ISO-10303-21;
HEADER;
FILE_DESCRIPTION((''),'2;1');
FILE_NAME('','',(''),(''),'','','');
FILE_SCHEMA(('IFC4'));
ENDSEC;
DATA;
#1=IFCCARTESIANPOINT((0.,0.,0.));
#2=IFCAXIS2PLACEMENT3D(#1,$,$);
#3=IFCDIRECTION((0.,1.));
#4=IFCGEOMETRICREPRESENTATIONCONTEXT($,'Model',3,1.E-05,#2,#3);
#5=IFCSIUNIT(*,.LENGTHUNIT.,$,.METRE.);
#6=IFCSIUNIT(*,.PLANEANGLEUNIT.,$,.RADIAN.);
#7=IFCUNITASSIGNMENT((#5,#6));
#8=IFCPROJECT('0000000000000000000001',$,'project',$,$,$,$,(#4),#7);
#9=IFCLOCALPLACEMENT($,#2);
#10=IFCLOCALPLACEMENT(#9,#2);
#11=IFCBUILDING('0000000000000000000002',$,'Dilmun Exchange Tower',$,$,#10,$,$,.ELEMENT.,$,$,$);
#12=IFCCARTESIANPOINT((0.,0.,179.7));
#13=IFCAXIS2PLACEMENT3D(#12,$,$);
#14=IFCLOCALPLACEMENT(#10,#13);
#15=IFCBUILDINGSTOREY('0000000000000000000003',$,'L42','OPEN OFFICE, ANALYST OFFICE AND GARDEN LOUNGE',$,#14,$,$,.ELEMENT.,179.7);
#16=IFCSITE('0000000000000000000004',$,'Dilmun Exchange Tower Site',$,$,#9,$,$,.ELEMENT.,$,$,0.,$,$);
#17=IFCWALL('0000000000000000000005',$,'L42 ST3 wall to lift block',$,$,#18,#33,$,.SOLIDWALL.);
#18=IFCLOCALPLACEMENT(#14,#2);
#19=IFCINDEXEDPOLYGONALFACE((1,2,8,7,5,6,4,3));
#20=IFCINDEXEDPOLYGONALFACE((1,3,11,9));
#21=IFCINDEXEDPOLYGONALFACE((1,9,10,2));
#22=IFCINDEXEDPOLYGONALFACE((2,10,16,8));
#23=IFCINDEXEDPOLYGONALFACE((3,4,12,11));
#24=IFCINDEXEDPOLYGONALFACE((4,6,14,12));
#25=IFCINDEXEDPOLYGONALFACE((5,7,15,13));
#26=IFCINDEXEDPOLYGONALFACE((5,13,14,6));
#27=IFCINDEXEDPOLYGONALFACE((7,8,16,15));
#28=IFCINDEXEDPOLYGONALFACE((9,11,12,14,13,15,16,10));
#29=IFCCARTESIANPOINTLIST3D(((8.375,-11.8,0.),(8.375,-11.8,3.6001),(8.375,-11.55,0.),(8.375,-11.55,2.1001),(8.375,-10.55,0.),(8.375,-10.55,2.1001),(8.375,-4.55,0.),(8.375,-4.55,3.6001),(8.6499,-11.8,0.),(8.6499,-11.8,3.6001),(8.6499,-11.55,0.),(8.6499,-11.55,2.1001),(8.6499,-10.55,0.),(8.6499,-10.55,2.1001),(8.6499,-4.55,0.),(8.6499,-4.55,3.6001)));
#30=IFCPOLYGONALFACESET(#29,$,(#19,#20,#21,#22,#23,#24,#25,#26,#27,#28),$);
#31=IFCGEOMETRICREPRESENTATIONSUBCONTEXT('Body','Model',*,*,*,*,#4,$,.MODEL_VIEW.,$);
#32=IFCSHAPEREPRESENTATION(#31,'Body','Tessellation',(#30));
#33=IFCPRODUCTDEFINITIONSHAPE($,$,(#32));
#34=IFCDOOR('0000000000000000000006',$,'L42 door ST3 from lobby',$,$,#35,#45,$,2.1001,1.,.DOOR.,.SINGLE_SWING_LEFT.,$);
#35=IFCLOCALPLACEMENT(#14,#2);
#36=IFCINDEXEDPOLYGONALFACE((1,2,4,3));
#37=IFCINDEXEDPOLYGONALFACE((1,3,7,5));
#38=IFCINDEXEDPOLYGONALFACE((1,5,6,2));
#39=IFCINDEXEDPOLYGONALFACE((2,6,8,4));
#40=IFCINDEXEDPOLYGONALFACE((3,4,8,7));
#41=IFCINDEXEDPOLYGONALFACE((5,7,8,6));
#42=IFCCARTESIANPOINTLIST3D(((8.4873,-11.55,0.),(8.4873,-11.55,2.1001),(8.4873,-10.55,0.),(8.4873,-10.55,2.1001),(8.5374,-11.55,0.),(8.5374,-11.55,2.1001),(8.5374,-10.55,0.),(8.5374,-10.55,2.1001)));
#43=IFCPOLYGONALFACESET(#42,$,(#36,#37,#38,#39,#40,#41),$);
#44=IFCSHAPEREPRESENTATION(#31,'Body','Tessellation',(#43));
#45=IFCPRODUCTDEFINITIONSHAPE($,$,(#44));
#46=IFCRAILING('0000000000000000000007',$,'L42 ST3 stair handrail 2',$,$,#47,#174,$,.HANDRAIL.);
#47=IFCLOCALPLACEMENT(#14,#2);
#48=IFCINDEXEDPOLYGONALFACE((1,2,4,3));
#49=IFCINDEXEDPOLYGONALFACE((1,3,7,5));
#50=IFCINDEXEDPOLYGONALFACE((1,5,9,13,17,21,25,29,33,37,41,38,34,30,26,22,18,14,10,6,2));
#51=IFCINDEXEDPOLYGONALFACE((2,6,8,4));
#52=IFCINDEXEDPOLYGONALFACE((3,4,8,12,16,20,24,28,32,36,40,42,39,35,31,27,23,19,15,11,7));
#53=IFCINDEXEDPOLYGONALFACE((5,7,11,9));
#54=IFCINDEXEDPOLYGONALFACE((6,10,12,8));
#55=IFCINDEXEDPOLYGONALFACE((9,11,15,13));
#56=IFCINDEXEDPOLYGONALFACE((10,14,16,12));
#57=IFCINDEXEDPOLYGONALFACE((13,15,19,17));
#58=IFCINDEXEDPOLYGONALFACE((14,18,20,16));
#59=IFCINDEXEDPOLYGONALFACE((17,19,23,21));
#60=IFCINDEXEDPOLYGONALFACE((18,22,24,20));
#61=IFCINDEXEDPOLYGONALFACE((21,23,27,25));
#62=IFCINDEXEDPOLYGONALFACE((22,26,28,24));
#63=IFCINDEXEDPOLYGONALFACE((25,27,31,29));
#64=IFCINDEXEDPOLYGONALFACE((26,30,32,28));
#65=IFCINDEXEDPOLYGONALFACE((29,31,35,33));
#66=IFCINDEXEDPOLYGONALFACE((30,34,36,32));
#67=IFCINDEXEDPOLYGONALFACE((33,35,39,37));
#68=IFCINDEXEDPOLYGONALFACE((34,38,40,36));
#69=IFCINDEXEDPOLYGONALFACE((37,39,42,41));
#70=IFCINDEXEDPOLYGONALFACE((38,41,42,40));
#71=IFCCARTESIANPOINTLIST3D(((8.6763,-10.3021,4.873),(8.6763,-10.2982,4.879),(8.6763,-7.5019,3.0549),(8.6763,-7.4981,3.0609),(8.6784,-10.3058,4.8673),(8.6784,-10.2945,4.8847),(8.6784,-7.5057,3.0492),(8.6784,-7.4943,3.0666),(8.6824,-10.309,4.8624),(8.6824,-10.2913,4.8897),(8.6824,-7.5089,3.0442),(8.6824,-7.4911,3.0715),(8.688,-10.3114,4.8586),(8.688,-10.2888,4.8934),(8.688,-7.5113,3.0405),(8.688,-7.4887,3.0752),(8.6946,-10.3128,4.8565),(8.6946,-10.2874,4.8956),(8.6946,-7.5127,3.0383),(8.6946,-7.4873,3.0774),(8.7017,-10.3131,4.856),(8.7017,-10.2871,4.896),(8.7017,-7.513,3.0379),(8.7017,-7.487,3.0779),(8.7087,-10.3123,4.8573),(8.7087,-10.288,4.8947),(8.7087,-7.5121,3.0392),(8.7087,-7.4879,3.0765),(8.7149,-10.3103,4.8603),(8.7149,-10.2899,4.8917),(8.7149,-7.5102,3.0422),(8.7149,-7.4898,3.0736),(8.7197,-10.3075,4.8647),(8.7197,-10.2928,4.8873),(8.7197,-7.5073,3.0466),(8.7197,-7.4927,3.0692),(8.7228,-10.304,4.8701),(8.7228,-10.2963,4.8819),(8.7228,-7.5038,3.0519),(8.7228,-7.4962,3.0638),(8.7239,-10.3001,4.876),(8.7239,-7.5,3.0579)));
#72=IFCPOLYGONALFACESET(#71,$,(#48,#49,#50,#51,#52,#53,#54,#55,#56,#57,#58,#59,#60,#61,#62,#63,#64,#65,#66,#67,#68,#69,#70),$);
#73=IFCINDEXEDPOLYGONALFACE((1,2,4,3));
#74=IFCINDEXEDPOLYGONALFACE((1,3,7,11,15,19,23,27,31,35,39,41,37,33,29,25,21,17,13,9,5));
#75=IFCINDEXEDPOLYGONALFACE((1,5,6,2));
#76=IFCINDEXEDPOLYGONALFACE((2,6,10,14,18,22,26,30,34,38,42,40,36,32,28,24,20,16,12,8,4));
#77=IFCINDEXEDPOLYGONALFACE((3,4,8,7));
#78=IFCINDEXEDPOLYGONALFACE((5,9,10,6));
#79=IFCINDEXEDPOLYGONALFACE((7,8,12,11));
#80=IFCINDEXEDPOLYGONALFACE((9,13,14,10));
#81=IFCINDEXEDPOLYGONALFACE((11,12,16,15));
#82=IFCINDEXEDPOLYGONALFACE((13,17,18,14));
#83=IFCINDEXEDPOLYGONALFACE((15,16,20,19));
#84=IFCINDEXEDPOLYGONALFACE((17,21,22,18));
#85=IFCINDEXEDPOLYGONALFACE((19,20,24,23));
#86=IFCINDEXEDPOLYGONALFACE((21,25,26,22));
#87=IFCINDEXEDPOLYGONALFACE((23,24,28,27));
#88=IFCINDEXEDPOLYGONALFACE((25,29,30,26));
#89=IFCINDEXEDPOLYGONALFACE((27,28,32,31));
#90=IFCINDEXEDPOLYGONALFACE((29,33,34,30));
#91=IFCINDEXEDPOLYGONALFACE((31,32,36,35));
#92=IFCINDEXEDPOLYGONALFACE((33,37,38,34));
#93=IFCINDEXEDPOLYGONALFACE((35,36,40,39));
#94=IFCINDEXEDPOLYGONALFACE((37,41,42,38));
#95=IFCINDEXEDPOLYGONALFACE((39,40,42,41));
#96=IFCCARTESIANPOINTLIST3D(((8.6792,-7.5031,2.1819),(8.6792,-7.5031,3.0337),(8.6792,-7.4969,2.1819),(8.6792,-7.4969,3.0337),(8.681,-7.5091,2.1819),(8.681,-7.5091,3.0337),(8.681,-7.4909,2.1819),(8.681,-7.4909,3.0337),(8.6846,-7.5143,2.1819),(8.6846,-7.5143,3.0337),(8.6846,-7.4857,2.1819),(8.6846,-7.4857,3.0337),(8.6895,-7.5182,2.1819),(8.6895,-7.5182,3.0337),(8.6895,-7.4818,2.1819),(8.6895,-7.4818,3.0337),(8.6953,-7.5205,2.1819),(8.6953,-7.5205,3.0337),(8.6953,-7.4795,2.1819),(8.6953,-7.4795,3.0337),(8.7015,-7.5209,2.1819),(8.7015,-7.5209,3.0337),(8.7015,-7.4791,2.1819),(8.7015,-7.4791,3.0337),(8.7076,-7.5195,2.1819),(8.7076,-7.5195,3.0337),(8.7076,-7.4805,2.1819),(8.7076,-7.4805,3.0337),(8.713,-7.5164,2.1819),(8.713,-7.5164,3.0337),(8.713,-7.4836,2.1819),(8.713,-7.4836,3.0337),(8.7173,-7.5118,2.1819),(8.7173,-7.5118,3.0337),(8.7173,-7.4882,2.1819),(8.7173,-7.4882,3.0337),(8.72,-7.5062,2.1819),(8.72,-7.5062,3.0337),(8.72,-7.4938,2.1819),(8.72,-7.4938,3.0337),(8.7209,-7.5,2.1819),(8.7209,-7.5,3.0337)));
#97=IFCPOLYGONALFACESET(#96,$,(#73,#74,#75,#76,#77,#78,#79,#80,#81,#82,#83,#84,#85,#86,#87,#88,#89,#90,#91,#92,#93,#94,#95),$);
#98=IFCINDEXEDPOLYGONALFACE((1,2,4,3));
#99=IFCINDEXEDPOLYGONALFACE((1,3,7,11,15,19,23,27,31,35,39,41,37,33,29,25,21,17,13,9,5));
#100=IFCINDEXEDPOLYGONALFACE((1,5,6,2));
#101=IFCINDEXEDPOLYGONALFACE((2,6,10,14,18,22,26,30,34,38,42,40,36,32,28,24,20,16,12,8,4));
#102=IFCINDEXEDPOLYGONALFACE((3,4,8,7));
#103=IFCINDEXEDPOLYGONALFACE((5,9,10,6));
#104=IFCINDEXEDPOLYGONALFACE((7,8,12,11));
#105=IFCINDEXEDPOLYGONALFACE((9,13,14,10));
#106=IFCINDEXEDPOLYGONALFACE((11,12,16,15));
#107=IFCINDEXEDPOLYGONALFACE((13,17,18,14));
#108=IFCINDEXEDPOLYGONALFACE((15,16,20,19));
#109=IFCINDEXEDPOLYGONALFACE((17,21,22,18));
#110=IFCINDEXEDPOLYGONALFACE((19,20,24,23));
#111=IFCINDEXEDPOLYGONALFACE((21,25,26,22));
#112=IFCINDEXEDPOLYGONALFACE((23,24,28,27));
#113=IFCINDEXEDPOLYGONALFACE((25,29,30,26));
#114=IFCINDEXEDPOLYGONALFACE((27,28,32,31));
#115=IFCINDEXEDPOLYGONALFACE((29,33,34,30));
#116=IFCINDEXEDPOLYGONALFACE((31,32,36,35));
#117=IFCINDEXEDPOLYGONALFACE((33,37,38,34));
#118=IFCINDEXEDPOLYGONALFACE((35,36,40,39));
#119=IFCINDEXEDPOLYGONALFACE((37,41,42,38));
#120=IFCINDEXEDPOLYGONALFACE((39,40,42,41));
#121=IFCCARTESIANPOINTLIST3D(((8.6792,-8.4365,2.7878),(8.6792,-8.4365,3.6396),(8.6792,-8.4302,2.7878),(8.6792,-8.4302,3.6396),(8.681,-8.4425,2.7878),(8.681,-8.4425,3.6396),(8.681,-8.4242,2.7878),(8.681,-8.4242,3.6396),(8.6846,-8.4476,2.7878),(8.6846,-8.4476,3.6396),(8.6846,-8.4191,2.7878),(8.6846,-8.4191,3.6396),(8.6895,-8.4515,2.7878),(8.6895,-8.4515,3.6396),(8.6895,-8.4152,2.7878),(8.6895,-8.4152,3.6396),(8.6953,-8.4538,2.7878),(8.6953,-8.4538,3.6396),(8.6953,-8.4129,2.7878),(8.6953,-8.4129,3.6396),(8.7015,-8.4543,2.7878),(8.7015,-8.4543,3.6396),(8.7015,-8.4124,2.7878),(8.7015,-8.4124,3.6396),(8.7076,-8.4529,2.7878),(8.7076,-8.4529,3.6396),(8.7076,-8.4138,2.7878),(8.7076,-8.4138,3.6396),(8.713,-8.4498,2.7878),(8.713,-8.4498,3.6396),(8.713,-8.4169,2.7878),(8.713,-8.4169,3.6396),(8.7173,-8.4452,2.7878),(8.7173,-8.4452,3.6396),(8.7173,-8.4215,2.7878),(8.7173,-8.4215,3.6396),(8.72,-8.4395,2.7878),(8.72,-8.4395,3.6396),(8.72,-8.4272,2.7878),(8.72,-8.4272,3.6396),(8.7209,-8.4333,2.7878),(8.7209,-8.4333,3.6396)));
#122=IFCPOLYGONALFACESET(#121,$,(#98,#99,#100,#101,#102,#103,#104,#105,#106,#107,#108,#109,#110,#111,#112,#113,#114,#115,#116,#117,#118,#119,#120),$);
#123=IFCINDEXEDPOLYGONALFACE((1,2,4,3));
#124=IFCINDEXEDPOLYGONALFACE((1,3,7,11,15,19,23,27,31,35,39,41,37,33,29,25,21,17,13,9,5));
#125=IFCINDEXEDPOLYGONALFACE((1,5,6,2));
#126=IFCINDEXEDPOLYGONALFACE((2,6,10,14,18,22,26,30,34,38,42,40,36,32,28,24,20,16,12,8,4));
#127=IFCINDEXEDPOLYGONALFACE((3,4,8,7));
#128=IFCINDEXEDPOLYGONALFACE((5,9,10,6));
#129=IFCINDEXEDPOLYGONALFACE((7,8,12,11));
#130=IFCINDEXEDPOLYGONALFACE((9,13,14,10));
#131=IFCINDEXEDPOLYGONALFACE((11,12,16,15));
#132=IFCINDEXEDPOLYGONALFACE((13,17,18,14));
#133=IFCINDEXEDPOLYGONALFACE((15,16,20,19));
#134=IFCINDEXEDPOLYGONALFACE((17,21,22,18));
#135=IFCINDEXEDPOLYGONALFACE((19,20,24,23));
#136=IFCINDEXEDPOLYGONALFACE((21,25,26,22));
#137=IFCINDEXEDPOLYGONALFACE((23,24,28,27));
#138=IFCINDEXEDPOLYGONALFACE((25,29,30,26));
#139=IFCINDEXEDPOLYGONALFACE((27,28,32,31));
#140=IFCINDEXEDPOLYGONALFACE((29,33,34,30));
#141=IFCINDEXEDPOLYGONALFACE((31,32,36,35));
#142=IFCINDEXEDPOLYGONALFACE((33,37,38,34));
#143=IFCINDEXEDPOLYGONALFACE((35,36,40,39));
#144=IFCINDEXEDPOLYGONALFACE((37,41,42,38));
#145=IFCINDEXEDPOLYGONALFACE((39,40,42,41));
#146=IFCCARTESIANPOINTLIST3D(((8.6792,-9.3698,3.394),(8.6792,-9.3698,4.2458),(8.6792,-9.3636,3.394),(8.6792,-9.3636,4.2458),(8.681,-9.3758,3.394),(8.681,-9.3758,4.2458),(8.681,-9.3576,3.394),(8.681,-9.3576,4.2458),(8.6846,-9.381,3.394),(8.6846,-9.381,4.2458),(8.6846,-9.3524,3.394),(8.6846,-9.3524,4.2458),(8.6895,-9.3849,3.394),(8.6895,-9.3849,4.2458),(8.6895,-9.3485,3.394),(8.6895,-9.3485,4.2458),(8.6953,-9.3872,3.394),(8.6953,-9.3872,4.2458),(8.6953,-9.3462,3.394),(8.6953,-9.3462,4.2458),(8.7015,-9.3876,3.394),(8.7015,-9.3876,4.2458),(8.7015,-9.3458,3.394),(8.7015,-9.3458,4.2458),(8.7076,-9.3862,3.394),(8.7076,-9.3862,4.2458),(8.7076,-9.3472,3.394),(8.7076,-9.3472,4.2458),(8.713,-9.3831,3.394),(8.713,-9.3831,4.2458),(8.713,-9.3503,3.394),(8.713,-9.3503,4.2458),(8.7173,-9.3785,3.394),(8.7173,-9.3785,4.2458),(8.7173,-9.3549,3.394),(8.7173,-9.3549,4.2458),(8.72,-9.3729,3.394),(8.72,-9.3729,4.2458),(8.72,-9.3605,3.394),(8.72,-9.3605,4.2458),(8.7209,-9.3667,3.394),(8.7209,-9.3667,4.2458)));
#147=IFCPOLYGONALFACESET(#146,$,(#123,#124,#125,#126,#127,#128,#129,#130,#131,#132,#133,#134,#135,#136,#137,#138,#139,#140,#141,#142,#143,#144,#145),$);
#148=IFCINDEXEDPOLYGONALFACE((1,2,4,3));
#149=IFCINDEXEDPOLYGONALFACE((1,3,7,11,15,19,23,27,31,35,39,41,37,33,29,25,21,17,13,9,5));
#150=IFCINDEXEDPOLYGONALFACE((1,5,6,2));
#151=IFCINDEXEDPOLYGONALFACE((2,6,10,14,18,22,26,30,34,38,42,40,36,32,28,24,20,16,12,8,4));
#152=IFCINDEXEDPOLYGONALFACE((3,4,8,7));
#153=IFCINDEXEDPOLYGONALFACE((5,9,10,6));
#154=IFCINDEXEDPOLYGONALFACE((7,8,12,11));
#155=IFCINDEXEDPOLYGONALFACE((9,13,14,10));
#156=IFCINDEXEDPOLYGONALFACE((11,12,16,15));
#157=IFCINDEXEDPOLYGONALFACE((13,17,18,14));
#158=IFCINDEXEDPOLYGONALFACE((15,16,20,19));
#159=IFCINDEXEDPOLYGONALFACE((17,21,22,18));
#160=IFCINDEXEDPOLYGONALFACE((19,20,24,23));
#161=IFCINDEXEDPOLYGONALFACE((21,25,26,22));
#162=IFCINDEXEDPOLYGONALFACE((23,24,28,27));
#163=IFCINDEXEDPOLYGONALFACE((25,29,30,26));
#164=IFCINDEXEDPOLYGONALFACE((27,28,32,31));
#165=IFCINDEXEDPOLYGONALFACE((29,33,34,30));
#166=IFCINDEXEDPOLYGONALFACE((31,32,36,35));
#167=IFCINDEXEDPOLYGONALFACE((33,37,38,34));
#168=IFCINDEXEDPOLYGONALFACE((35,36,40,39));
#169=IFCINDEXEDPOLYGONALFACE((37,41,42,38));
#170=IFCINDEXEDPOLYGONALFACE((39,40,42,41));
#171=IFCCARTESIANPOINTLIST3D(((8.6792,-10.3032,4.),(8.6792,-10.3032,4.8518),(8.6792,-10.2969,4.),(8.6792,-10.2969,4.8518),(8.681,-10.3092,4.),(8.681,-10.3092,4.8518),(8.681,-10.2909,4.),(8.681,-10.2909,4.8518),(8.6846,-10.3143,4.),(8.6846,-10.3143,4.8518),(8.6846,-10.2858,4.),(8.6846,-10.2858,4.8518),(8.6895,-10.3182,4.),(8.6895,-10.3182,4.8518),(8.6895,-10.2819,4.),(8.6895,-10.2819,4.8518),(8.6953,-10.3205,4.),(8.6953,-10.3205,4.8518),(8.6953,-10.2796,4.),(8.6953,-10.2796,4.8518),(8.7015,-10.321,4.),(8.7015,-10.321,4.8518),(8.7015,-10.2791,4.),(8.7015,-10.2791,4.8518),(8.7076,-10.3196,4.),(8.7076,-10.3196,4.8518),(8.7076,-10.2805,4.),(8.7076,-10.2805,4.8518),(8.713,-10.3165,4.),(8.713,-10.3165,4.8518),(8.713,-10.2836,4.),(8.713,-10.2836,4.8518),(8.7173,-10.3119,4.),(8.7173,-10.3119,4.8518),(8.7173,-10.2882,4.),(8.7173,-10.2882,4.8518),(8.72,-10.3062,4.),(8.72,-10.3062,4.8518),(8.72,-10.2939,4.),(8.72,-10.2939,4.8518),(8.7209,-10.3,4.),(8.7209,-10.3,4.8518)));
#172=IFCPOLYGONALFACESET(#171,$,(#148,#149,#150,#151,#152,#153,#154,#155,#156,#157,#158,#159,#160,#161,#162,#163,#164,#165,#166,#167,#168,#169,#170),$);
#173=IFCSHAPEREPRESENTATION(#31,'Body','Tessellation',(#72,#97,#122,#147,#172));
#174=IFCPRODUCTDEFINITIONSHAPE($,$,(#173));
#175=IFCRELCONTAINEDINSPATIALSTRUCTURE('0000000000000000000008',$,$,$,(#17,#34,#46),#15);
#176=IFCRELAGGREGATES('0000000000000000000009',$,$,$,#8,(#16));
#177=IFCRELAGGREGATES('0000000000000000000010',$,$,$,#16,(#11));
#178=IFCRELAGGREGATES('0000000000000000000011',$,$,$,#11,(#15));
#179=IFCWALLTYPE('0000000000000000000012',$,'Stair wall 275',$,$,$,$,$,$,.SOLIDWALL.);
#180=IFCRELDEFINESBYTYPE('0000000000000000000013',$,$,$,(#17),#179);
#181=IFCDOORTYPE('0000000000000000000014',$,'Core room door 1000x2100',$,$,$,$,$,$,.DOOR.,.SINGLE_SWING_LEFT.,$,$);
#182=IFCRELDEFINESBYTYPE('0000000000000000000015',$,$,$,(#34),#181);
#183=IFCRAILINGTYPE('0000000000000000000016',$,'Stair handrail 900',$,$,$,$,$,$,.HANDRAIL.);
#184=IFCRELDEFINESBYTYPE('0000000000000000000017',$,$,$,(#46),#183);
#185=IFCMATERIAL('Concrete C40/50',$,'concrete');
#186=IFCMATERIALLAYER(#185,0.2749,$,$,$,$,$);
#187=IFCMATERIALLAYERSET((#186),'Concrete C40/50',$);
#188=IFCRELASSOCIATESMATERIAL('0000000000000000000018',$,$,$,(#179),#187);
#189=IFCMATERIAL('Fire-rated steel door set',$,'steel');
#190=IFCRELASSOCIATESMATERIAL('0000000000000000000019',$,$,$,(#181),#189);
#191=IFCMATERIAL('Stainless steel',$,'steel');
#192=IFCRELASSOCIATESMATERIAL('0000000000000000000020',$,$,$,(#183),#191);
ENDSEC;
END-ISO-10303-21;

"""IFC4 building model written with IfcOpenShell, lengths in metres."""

from ifc_helpers import new_model, si_unit, direction, frame, frame_2d, origin, origin_2d, place, context, subcontext, project, spatial, rectangle, circle, extrude, material, layer, layer_set, type_object, element, fill, save


model = new_model("IFC4")

# Units and contexts
model_context = context("Model", 3, precision=1e-05, world=origin(), true_north=direction((0.0, 1.0)))
body_context = subcontext(model_context, "Body", "Model", "MODEL_VIEW")
ifc_project = project(units=[si_unit("LENGTHUNIT", "METRE"), si_unit("PLANEANGLEUNIT", "RADIAN")], contexts=[model_context])

# Site, building, storey
site_placement = place(None, origin())
site = spatial("IfcSite", under=ifc_project, at=site_placement, Name="Dilmun Exchange Tower Site", CompositionType="ELEMENT", RefElevation=0.0)
building_placement = place(site_placement, origin())
building = spatial("IfcBuilding", under=site, at=building_placement, Name="Dilmun Exchange Tower", CompositionType="ELEMENT")
storey_placement = place(building_placement, frame((0.0, 0.0, 179.7)))
storey = spatial("IfcBuildingStorey", under=building, at=storey_placement, Name="L42", Description="OPEN OFFICE, ANALYST OFFICE AND GARDEN LOUNGE", CompositionType="ELEMENT", Elevation=179.7)

# Shared definitions
ifc_material_1 = material(Name="Concrete C40/50", Category="concrete")

# Wall, opening, door
ifc_layer_1 = layer(ifc_material_1, 0.2749)
ifc_layer_set_1 = layer_set([ifc_layer_1], Name="Concrete C40/50")
wall_type_1 = type_object("IfcWallType", Name="Stair wall 275", PredefinedType="SOLIDWALL", material=ifc_layer_set_1)
wall_1_placement = place(storey_placement, frame((8.5125, -4.55, 0.0), z_axis=(0.0, 0.0, 1.0), x_axis=(0.0, -1.0, 0.0)))
wall_1 = element("IfcWall", 1, at=wall_1_placement, inside=storey, type_object=wall_type_1, Name="L42 ST3 wall to lift block", PredefinedType="SOLIDWALL", context=body_context, shape_type="SweptSolid", body=[
    extrude(rectangle(XDim=7.25, YDim=0.2749, at=frame_2d((3.625, 0.0))), origin(), (0.0, 0.0, 1.0), 3.6001),
])
opening_placement = place(wall_1_placement, frame((6.0, 0.0, 0.0)))
opening = element("IfcOpeningElement", 2, at=opening_placement, cuts=wall_1, PredefinedType="OPENING", context=body_context, shape_type="SweptSolid", body=[
    extrude(rectangle(XDim=1.0, YDim=2.1001, at=frame_2d((0.5, 1.05))), frame((0.0, 0.1475, 0.0), z_axis=(0.0, -1.0, 0.0), x_axis=(1.0, 0.0, 0.0)), (0.0, 0.0, 1.0), 0.2949),
])
ifc_material_2 = material(Name="Fire-rated steel door set", Category="steel")
door_type = type_object("IfcDoorType", Name="Core room door 1000x2100", OperationType="SINGLE_SWING_LEFT", PredefinedType="DOOR", material=ifc_material_2)
door_placement = place(opening_placement, origin())
door = element("IfcDoor", 3, at=door_placement, inside=storey, type_object=door_type, Name="L42 door ST3 from lobby", OperationType="SINGLE_SWING_LEFT", OverallHeight=2.1001, OverallWidth=1.0, PredefinedType="DOOR", context=body_context, shape_type="SweptSolid", body=[
    extrude(rectangle(XDim=1.0, YDim=2.1001, at=frame_2d((0.5, 1.05))), frame((0.0, 0.0249, 0.0), z_axis=(0.0, -1.0, 0.0), x_axis=(1.0, 0.0, 0.0)), (0.0, 0.0, 1.0), 0.05),
])
fill(opening, door)

# Railing
ifc_material_3 = material(Name="Stainless steel", Category="steel")
railing_type = type_object("IfcRailingType", Name="Stair handrail 900", PredefinedType="HANDRAIL", material=ifc_material_3)
railing_placement = place(storey_placement, frame((8.7, -7.5, 2.1819)))
element("IfcRailing", 4, at=railing_placement, inside=storey, type_object=railing_type, Name="L42 ST3 stair handrail 2", PredefinedType="HANDRAIL", context=body_context, shape_type="SweptSolid", body=[
    extrude(circle(Radius=0.0239, at=origin_2d()), frame((0.0, 0.0, 0.876), z_axis=(0.0, -0.838706, 0.544585), x_axis=(1.0, 0.0, 0.0)), (0.0, 0.0, 1.0), 3.3386),
    extrude(circle(Radius=0.021, at=origin_2d()), origin(), (0.0, 0.0, 1.0), 0.8518),
    extrude(circle(Radius=0.021, at=origin_2d()), frame((0.0, -0.9333, 0.606)), (0.0, 0.0, 1.0), 0.8518),
    extrude(circle(Radius=0.021, at=origin_2d()), frame((0.0, -1.8667, 1.2122)), (0.0, 0.0, 1.0), 0.8518),
    extrude(circle(Radius=0.021, at=origin_2d()), frame((0.0, -2.8, 1.8181)), (0.0, 0.0, 1.0), 0.8518),
])

save(model, "model.ifc")
